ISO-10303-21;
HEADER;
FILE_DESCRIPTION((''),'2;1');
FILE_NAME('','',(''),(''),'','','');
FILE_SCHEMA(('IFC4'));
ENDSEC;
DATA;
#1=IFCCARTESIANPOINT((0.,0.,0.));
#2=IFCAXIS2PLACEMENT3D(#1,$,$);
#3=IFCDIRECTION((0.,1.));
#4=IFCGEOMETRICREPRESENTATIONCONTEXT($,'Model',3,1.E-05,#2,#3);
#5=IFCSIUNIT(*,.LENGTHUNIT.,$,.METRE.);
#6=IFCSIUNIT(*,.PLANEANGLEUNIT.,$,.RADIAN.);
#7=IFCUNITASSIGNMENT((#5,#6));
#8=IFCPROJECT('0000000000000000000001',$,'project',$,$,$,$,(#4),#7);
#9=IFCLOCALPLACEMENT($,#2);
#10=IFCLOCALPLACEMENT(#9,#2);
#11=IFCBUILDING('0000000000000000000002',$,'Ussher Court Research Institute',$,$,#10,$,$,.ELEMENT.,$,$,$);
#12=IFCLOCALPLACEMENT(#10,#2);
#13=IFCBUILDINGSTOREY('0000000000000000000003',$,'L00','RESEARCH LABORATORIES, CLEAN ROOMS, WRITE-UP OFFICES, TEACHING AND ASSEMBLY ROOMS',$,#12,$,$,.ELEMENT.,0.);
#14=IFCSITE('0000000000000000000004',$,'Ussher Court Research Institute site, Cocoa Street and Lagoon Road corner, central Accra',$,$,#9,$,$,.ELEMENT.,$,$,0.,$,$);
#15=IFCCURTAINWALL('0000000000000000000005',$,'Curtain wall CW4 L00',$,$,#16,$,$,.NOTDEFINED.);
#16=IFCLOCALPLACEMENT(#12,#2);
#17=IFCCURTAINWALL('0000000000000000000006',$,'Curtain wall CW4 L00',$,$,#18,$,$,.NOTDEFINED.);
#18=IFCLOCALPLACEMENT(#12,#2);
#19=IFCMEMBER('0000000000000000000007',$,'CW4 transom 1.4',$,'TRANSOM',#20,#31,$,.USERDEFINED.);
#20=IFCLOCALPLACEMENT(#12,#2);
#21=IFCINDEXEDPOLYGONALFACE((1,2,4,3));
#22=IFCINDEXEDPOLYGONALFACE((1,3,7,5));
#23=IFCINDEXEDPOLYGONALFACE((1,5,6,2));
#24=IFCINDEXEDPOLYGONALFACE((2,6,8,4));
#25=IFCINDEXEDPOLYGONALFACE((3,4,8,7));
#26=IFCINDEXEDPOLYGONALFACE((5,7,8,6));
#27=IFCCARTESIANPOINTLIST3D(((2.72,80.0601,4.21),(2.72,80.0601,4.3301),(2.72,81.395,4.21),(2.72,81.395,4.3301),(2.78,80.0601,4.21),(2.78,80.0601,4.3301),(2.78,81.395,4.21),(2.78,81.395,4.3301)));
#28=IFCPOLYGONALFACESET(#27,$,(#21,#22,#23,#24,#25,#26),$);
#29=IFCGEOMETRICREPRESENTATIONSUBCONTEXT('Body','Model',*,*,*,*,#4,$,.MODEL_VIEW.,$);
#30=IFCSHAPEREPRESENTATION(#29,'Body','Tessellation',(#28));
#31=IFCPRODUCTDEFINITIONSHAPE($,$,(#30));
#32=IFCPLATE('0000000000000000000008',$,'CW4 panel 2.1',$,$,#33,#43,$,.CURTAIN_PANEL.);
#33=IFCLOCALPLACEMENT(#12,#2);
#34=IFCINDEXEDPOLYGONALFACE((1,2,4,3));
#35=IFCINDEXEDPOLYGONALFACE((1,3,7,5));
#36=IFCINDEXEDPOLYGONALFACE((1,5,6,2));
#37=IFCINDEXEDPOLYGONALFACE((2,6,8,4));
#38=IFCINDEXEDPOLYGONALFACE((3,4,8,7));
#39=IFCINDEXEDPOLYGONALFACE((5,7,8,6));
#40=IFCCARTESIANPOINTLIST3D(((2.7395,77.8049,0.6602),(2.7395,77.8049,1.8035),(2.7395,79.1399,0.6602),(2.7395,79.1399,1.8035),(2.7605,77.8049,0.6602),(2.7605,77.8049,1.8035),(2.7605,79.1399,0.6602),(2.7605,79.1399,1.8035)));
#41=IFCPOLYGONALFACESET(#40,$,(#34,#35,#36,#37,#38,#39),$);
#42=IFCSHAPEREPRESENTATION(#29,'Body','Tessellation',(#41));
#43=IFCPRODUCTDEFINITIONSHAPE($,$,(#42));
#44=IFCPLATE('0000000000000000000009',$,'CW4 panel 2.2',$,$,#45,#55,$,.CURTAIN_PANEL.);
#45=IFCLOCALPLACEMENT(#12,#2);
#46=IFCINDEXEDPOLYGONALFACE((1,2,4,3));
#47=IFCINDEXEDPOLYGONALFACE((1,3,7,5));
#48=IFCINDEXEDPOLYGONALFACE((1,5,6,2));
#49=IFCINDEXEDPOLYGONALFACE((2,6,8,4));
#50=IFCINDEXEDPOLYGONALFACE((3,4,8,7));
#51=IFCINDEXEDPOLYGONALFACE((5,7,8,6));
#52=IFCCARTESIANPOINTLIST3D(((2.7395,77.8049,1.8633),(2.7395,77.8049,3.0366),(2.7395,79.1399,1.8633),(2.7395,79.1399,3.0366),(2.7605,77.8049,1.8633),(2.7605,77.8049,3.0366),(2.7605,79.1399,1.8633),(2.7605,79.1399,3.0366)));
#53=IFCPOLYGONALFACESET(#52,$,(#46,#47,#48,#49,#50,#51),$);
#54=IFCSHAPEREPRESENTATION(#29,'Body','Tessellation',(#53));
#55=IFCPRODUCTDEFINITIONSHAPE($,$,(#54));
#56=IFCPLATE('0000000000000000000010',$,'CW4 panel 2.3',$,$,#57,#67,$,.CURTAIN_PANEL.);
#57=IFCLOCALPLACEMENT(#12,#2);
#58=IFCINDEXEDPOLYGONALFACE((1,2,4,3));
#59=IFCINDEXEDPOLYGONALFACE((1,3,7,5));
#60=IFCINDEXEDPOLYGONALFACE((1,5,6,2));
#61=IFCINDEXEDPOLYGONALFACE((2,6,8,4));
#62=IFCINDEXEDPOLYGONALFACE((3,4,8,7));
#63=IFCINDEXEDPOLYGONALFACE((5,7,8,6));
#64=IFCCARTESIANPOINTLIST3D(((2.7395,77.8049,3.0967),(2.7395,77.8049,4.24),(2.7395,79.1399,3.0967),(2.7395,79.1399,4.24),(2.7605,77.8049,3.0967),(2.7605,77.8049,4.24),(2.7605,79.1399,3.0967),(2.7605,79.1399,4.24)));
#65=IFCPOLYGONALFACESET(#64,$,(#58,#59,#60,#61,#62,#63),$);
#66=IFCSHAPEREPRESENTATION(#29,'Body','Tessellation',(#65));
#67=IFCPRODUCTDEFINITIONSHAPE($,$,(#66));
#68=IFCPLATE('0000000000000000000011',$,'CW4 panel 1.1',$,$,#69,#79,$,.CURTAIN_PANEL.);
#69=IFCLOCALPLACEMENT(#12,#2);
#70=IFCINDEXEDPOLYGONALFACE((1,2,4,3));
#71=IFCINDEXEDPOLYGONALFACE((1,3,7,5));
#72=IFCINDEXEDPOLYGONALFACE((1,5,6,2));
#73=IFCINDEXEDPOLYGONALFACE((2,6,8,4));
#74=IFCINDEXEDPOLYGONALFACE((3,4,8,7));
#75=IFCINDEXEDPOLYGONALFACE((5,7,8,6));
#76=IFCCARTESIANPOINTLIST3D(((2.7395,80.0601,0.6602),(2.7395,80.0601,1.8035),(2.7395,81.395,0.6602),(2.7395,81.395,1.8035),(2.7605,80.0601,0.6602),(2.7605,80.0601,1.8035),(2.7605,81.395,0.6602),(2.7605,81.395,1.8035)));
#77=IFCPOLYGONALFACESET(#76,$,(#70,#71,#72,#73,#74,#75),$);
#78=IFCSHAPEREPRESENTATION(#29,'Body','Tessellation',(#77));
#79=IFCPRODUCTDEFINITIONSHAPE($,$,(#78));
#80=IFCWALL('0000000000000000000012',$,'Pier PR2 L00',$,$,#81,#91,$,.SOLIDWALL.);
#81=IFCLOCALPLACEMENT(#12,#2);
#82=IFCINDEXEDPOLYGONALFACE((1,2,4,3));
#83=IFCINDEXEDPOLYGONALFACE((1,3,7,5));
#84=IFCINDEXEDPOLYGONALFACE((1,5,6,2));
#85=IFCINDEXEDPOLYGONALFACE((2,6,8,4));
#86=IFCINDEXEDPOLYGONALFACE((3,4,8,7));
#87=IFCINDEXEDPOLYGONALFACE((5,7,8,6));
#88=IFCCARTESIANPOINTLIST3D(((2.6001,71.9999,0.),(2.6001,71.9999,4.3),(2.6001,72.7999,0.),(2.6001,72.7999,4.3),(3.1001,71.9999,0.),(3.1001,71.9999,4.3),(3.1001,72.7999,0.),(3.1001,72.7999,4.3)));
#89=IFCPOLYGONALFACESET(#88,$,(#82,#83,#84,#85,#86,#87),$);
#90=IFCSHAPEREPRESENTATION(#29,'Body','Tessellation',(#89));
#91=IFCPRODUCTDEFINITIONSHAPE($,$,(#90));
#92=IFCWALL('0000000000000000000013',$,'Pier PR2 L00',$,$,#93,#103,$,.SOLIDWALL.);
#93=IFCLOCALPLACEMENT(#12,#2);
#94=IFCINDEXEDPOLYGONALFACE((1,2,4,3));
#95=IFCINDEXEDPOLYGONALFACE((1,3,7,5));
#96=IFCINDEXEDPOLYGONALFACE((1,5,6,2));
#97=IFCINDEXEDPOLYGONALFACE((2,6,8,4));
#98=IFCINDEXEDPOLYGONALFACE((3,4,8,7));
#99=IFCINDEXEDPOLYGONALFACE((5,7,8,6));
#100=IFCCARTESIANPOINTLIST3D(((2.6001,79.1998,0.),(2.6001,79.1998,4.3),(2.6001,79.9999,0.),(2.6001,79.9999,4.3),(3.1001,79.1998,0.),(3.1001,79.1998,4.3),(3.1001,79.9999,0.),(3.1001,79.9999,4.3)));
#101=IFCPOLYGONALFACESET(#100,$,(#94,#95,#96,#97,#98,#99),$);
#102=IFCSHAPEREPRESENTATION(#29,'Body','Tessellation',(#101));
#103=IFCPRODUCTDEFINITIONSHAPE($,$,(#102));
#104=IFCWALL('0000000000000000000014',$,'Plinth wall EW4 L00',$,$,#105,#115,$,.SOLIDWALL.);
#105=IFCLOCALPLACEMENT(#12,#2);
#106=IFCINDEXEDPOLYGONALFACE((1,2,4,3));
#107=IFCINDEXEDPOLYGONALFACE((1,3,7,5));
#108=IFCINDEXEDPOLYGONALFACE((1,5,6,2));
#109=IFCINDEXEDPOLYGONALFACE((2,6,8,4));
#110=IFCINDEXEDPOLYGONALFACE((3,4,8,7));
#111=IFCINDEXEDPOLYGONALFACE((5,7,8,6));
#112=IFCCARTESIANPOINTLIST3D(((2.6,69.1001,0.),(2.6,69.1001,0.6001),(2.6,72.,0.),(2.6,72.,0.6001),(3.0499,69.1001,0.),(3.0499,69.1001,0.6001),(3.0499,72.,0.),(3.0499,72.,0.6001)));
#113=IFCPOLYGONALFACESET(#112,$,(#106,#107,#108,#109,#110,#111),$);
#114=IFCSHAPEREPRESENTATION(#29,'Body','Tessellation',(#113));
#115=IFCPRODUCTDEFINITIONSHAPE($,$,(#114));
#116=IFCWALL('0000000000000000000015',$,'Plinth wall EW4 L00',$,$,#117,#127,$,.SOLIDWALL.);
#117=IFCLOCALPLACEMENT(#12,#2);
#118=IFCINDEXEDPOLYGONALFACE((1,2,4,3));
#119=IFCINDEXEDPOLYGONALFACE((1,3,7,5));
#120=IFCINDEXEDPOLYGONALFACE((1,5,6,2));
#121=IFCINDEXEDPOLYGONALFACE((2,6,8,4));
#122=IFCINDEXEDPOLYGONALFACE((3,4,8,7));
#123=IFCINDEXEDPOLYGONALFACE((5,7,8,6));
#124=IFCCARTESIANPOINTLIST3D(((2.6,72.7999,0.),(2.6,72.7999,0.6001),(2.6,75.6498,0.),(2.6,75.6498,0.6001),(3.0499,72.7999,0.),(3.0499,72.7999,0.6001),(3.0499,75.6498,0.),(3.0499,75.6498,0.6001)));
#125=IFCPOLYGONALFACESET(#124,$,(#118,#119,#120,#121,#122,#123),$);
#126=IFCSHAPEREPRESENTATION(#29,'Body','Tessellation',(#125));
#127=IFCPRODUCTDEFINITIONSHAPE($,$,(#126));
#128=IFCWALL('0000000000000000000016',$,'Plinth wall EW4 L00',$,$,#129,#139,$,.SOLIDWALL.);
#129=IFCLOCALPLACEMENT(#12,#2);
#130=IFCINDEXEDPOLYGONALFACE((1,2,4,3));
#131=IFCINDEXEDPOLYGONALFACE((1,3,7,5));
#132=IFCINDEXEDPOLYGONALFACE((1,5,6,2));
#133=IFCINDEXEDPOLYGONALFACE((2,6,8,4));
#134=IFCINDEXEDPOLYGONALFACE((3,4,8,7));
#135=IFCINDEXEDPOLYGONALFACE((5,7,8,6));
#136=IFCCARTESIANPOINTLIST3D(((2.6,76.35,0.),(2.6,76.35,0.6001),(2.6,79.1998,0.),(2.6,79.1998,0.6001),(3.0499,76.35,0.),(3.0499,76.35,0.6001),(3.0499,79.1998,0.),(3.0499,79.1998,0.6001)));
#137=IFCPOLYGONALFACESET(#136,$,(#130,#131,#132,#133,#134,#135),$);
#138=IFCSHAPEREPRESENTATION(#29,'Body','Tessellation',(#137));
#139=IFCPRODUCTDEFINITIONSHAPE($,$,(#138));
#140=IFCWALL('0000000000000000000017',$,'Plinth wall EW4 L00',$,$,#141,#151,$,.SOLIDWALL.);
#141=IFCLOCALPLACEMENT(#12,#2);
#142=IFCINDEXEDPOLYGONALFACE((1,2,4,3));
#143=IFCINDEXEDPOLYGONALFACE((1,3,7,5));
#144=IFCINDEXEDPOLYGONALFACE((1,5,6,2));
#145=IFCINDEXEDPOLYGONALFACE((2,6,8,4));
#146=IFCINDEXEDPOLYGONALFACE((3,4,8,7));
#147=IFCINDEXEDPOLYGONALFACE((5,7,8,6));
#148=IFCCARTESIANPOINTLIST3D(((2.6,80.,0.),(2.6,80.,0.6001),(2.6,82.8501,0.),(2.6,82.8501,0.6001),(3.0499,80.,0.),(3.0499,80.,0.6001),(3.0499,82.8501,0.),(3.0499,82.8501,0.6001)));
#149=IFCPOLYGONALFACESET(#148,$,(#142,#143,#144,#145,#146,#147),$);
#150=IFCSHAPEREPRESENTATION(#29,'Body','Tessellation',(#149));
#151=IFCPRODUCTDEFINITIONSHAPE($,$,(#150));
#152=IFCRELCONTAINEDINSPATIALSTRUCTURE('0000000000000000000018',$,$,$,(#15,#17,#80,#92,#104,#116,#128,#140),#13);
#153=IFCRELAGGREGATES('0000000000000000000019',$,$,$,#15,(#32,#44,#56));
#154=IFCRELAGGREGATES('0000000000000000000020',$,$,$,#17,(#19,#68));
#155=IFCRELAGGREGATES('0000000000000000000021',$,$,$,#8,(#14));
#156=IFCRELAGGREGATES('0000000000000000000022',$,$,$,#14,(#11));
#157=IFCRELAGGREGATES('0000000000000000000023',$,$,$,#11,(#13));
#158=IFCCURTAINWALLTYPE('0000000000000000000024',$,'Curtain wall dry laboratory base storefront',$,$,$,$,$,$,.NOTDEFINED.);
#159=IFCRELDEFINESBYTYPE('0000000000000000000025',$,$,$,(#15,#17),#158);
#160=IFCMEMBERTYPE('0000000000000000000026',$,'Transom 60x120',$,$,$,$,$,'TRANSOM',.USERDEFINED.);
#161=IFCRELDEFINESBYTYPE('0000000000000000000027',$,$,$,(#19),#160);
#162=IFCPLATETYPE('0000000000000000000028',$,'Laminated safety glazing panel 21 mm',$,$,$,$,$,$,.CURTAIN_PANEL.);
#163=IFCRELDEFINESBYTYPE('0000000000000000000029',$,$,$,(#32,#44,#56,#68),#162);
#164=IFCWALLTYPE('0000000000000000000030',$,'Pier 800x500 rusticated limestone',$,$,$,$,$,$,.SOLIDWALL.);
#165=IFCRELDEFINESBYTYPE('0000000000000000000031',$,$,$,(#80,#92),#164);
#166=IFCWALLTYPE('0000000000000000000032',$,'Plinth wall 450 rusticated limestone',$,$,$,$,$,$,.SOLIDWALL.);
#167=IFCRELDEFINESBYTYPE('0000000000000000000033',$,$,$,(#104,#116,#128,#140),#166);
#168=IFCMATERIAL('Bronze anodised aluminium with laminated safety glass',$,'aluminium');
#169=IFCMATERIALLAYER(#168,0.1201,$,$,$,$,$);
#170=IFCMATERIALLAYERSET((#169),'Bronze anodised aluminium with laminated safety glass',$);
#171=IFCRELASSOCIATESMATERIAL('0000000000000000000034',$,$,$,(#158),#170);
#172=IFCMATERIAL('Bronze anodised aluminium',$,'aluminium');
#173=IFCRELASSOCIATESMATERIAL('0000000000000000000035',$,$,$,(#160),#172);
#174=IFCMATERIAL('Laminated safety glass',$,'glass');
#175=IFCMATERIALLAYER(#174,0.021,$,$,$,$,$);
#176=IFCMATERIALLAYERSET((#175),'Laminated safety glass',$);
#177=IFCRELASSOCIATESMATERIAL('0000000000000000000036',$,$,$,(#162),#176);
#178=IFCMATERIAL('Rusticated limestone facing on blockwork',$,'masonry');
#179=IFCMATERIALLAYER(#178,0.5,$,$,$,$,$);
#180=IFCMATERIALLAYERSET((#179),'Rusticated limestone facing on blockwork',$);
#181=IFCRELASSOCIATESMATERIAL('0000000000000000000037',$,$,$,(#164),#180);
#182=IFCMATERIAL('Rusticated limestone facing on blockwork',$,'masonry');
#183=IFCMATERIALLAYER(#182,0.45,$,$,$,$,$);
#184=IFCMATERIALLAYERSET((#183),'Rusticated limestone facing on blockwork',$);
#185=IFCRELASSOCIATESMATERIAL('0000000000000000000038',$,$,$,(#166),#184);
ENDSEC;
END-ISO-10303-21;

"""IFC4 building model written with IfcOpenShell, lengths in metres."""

from ifc_helpers import new_model, si_unit, direction, frame, frame_2d, origin, origin_2d, place, context, subcontext, project, spatial, rectangle, extrude, material, layer, layer_set, material_profile, profile_set, type_object, element, aggregate, save


model = new_model("IFC4")

# Units and contexts
model_context = context("Model", 3, precision=1e-05, world=origin(), true_north=direction((0.0, 1.0)))
body_context = subcontext(model_context, "Body", "Model", "MODEL_VIEW")
ifc_project = project(units=[si_unit("LENGTHUNIT", "METRE"), si_unit("PLANEANGLEUNIT", "RADIAN")], contexts=[model_context])

# Site, building, storey
site_placement = place(None, origin())
site = spatial("IfcSite", under=ifc_project, at=site_placement, Name="Ussher Court Research Institute site, Cocoa Street and Lagoon Road corner, central Accra", CompositionType="ELEMENT", RefElevation=0.0)
building_placement = place(site_placement, origin())
building = spatial("IfcBuilding", under=site, at=building_placement, Name="Ussher Court Research Institute", CompositionType="ELEMENT")
storey_placement = place(building_placement, origin())
storey = spatial("IfcBuildingStorey", under=building, at=storey_placement, Name="L00", Description="RESEARCH LABORATORIES, CLEAN ROOMS, WRITE-UP OFFICES, TEACHING AND ASSEMBLY ROOMS", CompositionType="ELEMENT", Elevation=0.0)

# Curtain walls
ifc_material_1 = material(Name="Bronze anodised aluminium with laminated safety glass", Category="aluminium")
ifc_layer_1 = layer(ifc_material_1, 0.1201)
ifc_layer_set_1 = layer_set([ifc_layer_1], Name="Bronze anodised aluminium with laminated safety glass")
curtain_wall_type = type_object("IfcCurtainWallType", Name="Curtain wall dry laboratory base storefront", PredefinedType="NOTDEFINED", material=ifc_layer_set_1)
curtain_wall_1_placement = place(storey_placement, origin())
curtain_wall_1 = element("IfcCurtainWall", 1, at=curtain_wall_1_placement, inside=storey, type_object=curtain_wall_type, Name="Curtain wall CW4 L00", PredefinedType="NOTDEFINED")
curtain_wall_2_placement = place(storey_placement, origin())
curtain_wall_2 = element("IfcCurtainWall", 2, at=curtain_wall_2_placement, inside=storey, type_object=curtain_wall_type, Name="Curtain wall CW4 L00", PredefinedType="NOTDEFINED")

# Member
ifc_material_2 = material(Name="Bronze anodised aluminium", Category="aluminium")
ifc_material_profile_1 = material_profile(ifc_material_2, rectangle(XDim=0.0601, YDim=0.1201, at=origin_2d()), Name="Transom 60x120")
ifc_profile_set_1 = profile_set([ifc_material_profile_1], Name="Bronze anodised aluminium")
member_type_1 = type_object("IfcMemberType", Name="Transom 60x120", ElementType="TRANSOM", PredefinedType="USERDEFINED", material=ifc_profile_set_1)
member_1_placement = place(storey_placement, frame((2.75, 80.0601, 4.27), z_axis=(0.0, 1.0, 0.0), x_axis=(-1.0, 0.0, 0.0)))
member_1 = element("IfcMember", 3, at=member_1_placement, type_object=member_type_1, Name="CW4 transom 1.4", ObjectType="TRANSOM", PredefinedType="USERDEFINED", context=body_context, shape_type="SweptSolid", body=[
    extrude(rectangle(XDim=0.0601, YDim=0.1201, at=origin_2d()), origin(), (0.0, 0.0, 1.0), 1.335),
])

# Plates
ifc_material_3 = material(Name="Laminated safety glass", Category="glass")
ifc_layer_2 = layer(ifc_material_3, 0.021)
ifc_layer_set_2 = layer_set([ifc_layer_2], Name="Laminated safety glass")
plate_type = type_object("IfcPlateType", Name="Laminated safety glazing panel 21 mm", PredefinedType="CURTAIN_PANEL", material=ifc_layer_set_2)
plate_1_placement = place(storey_placement, frame((2.75, 78.4724, 0.6602), z_axis=(0.0, 0.0, 1.0), x_axis=(0.0, 1.0, 0.0)))
plate_1 = element("IfcPlate", 4, at=plate_1_placement, type_object=plate_type, Name="CW4 panel 2.1", PredefinedType="CURTAIN_PANEL", context=body_context, shape_type="SweptSolid", body=[
    extrude(rectangle(XDim=1.335, YDim=0.021, at=origin_2d()), origin(), (0.0, 0.0, 1.0), 1.1433),
])
plate_2_placement = place(storey_placement, frame((2.75, 78.4724, 1.8633), z_axis=(0.0, 0.0, 1.0), x_axis=(0.0, 1.0, 0.0)))
plate_2 = element("IfcPlate", 5, at=plate_2_placement, type_object=plate_type, Name="CW4 panel 2.2", PredefinedType="CURTAIN_PANEL", context=body_context, shape_type="SweptSolid", body=[
    extrude(rectangle(XDim=1.335, YDim=0.021, at=origin_2d()), origin(), (0.0, 0.0, 1.0), 1.1733),
])
plate_3_placement = place(storey_placement, frame((2.75, 78.4724, 3.0967), z_axis=(0.0, 0.0, 1.0), x_axis=(0.0, 1.0, 0.0)))
plate_3 = element("IfcPlate", 6, at=plate_3_placement, type_object=plate_type, Name="CW4 panel 2.3", PredefinedType="CURTAIN_PANEL", context=body_context, shape_type="SweptSolid", body=[
    extrude(rectangle(XDim=1.335, YDim=0.021, at=origin_2d()), origin(), (0.0, 0.0, 1.0), 1.1433),
])
aggregate(curtain_wall_1, [plate_1, plate_2, plate_3])
plate_4_placement = place(storey_placement, frame((2.75, 80.7275, 0.6602), z_axis=(0.0, 0.0, 1.0), x_axis=(0.0, 1.0, 0.0)))
plate_4 = element("IfcPlate", 7, at=plate_4_placement, type_object=plate_type, Name="CW4 panel 1.1", PredefinedType="CURTAIN_PANEL", context=body_context, shape_type="SweptSolid", body=[
    extrude(rectangle(XDim=1.335, YDim=0.021, at=origin_2d()), origin(), (0.0, 0.0, 1.0), 1.1433),
])
aggregate(curtain_wall_2, [member_1, plate_4])

# Walls
ifc_material_4 = material(Name="Rusticated limestone facing on blockwork", Category="masonry")
ifc_layer_3 = layer(ifc_material_4, 0.5)
ifc_layer_set_3 = layer_set([ifc_layer_3], Name="Rusticated limestone facing on blockwork")
wall_type_1 = type_object("IfcWallType", Name="Pier 800x500 rusticated limestone", PredefinedType="SOLIDWALL", material=ifc_layer_set_3)
for number, where, z_axis, x_axis, name in (
    (8, (2.8501, 72.0, 0.0), (0.0, 0.0, 1.0), (0.0, 1.0, 0.0), "Pier PR2 L00"),
    (9, (2.8501, 79.2, 0.0), (0.0, 0.0, 1.0), (0.0, 1.0, 0.0), "Pier PR2 L00"),
):
    element("IfcWall", number, at=place(storey_placement, frame(where, z_axis=z_axis, x_axis=x_axis)), inside=storey, type_object=wall_type_1, Name=name, PredefinedType="SOLIDWALL", context=body_context, shape_type="SweptSolid", body=[
        extrude(rectangle(XDim=0.8, YDim=0.5, at=frame_2d((0.3999, 0.0))), origin(), (0.0, 0.0, 1.0), 4.3),
    ])
ifc_material_5 = material(Name="Rusticated limestone facing on blockwork", Category="masonry")
ifc_layer_4 = layer(ifc_material_5, 0.45)
ifc_layer_set_4 = layer_set([ifc_layer_4], Name="Rusticated limestone facing on blockwork")
wall_type_2 = type_object("IfcWallType", Name="Plinth wall 450 rusticated limestone", PredefinedType="SOLIDWALL", material=ifc_layer_set_4)
wall_1_placement = place(storey_placement, frame((2.825, 69.1001, 0.0), z_axis=(0.0, 0.0, 1.0), x_axis=(0.0, 1.0, 0.0)))
element("IfcWall", 10, at=wall_1_placement, inside=storey, type_object=wall_type_2, Name="Plinth wall EW4 L00", PredefinedType="SOLIDWALL", context=body_context, shape_type="SweptSolid", body=[
    extrude(rectangle(XDim=2.8999, YDim=0.45, at=frame_2d((1.45, 0.0))), origin(), (0.0, 0.0, 1.0), 0.6001),
])
for number, where, z_axis, x_axis, name in (
    (11, (2.825, 72.8, 0.0), (0.0, 0.0, 1.0), (0.0, 1.0, 0.0), "Plinth wall EW4 L00"),
    (12, (2.825, 76.3501, 0.0), (0.0, 0.0, 1.0), (0.0, 1.0, 0.0), "Plinth wall EW4 L00"),
):
    element("IfcWall", number, at=place(storey_placement, frame(where, z_axis=z_axis, x_axis=x_axis)), inside=storey, type_object=wall_type_2, Name=name, PredefinedType="SOLIDWALL", context=body_context, shape_type="SweptSolid", body=[
        extrude(rectangle(XDim=2.8499, YDim=0.45, at=frame_2d((1.4248, 0.0))), origin(), (0.0, 0.0, 1.0), 0.6001),
    ])
wall_2_placement = place(storey_placement, frame((2.825, 80.0, 0.0), z_axis=(0.0, 0.0, 1.0), x_axis=(0.0, 1.0, 0.0)))
element("IfcWall", 13, at=wall_2_placement, inside=storey, type_object=wall_type_2, Name="Plinth wall EW4 L00", PredefinedType="SOLIDWALL", context=body_context, shape_type="SweptSolid", body=[
    extrude(rectangle(XDim=2.8501, YDim=0.45, at=frame_2d((1.425, 0.0))), origin(), (0.0, 0.0, 1.0), 0.6001),
])

save(model, "model.ifc")
